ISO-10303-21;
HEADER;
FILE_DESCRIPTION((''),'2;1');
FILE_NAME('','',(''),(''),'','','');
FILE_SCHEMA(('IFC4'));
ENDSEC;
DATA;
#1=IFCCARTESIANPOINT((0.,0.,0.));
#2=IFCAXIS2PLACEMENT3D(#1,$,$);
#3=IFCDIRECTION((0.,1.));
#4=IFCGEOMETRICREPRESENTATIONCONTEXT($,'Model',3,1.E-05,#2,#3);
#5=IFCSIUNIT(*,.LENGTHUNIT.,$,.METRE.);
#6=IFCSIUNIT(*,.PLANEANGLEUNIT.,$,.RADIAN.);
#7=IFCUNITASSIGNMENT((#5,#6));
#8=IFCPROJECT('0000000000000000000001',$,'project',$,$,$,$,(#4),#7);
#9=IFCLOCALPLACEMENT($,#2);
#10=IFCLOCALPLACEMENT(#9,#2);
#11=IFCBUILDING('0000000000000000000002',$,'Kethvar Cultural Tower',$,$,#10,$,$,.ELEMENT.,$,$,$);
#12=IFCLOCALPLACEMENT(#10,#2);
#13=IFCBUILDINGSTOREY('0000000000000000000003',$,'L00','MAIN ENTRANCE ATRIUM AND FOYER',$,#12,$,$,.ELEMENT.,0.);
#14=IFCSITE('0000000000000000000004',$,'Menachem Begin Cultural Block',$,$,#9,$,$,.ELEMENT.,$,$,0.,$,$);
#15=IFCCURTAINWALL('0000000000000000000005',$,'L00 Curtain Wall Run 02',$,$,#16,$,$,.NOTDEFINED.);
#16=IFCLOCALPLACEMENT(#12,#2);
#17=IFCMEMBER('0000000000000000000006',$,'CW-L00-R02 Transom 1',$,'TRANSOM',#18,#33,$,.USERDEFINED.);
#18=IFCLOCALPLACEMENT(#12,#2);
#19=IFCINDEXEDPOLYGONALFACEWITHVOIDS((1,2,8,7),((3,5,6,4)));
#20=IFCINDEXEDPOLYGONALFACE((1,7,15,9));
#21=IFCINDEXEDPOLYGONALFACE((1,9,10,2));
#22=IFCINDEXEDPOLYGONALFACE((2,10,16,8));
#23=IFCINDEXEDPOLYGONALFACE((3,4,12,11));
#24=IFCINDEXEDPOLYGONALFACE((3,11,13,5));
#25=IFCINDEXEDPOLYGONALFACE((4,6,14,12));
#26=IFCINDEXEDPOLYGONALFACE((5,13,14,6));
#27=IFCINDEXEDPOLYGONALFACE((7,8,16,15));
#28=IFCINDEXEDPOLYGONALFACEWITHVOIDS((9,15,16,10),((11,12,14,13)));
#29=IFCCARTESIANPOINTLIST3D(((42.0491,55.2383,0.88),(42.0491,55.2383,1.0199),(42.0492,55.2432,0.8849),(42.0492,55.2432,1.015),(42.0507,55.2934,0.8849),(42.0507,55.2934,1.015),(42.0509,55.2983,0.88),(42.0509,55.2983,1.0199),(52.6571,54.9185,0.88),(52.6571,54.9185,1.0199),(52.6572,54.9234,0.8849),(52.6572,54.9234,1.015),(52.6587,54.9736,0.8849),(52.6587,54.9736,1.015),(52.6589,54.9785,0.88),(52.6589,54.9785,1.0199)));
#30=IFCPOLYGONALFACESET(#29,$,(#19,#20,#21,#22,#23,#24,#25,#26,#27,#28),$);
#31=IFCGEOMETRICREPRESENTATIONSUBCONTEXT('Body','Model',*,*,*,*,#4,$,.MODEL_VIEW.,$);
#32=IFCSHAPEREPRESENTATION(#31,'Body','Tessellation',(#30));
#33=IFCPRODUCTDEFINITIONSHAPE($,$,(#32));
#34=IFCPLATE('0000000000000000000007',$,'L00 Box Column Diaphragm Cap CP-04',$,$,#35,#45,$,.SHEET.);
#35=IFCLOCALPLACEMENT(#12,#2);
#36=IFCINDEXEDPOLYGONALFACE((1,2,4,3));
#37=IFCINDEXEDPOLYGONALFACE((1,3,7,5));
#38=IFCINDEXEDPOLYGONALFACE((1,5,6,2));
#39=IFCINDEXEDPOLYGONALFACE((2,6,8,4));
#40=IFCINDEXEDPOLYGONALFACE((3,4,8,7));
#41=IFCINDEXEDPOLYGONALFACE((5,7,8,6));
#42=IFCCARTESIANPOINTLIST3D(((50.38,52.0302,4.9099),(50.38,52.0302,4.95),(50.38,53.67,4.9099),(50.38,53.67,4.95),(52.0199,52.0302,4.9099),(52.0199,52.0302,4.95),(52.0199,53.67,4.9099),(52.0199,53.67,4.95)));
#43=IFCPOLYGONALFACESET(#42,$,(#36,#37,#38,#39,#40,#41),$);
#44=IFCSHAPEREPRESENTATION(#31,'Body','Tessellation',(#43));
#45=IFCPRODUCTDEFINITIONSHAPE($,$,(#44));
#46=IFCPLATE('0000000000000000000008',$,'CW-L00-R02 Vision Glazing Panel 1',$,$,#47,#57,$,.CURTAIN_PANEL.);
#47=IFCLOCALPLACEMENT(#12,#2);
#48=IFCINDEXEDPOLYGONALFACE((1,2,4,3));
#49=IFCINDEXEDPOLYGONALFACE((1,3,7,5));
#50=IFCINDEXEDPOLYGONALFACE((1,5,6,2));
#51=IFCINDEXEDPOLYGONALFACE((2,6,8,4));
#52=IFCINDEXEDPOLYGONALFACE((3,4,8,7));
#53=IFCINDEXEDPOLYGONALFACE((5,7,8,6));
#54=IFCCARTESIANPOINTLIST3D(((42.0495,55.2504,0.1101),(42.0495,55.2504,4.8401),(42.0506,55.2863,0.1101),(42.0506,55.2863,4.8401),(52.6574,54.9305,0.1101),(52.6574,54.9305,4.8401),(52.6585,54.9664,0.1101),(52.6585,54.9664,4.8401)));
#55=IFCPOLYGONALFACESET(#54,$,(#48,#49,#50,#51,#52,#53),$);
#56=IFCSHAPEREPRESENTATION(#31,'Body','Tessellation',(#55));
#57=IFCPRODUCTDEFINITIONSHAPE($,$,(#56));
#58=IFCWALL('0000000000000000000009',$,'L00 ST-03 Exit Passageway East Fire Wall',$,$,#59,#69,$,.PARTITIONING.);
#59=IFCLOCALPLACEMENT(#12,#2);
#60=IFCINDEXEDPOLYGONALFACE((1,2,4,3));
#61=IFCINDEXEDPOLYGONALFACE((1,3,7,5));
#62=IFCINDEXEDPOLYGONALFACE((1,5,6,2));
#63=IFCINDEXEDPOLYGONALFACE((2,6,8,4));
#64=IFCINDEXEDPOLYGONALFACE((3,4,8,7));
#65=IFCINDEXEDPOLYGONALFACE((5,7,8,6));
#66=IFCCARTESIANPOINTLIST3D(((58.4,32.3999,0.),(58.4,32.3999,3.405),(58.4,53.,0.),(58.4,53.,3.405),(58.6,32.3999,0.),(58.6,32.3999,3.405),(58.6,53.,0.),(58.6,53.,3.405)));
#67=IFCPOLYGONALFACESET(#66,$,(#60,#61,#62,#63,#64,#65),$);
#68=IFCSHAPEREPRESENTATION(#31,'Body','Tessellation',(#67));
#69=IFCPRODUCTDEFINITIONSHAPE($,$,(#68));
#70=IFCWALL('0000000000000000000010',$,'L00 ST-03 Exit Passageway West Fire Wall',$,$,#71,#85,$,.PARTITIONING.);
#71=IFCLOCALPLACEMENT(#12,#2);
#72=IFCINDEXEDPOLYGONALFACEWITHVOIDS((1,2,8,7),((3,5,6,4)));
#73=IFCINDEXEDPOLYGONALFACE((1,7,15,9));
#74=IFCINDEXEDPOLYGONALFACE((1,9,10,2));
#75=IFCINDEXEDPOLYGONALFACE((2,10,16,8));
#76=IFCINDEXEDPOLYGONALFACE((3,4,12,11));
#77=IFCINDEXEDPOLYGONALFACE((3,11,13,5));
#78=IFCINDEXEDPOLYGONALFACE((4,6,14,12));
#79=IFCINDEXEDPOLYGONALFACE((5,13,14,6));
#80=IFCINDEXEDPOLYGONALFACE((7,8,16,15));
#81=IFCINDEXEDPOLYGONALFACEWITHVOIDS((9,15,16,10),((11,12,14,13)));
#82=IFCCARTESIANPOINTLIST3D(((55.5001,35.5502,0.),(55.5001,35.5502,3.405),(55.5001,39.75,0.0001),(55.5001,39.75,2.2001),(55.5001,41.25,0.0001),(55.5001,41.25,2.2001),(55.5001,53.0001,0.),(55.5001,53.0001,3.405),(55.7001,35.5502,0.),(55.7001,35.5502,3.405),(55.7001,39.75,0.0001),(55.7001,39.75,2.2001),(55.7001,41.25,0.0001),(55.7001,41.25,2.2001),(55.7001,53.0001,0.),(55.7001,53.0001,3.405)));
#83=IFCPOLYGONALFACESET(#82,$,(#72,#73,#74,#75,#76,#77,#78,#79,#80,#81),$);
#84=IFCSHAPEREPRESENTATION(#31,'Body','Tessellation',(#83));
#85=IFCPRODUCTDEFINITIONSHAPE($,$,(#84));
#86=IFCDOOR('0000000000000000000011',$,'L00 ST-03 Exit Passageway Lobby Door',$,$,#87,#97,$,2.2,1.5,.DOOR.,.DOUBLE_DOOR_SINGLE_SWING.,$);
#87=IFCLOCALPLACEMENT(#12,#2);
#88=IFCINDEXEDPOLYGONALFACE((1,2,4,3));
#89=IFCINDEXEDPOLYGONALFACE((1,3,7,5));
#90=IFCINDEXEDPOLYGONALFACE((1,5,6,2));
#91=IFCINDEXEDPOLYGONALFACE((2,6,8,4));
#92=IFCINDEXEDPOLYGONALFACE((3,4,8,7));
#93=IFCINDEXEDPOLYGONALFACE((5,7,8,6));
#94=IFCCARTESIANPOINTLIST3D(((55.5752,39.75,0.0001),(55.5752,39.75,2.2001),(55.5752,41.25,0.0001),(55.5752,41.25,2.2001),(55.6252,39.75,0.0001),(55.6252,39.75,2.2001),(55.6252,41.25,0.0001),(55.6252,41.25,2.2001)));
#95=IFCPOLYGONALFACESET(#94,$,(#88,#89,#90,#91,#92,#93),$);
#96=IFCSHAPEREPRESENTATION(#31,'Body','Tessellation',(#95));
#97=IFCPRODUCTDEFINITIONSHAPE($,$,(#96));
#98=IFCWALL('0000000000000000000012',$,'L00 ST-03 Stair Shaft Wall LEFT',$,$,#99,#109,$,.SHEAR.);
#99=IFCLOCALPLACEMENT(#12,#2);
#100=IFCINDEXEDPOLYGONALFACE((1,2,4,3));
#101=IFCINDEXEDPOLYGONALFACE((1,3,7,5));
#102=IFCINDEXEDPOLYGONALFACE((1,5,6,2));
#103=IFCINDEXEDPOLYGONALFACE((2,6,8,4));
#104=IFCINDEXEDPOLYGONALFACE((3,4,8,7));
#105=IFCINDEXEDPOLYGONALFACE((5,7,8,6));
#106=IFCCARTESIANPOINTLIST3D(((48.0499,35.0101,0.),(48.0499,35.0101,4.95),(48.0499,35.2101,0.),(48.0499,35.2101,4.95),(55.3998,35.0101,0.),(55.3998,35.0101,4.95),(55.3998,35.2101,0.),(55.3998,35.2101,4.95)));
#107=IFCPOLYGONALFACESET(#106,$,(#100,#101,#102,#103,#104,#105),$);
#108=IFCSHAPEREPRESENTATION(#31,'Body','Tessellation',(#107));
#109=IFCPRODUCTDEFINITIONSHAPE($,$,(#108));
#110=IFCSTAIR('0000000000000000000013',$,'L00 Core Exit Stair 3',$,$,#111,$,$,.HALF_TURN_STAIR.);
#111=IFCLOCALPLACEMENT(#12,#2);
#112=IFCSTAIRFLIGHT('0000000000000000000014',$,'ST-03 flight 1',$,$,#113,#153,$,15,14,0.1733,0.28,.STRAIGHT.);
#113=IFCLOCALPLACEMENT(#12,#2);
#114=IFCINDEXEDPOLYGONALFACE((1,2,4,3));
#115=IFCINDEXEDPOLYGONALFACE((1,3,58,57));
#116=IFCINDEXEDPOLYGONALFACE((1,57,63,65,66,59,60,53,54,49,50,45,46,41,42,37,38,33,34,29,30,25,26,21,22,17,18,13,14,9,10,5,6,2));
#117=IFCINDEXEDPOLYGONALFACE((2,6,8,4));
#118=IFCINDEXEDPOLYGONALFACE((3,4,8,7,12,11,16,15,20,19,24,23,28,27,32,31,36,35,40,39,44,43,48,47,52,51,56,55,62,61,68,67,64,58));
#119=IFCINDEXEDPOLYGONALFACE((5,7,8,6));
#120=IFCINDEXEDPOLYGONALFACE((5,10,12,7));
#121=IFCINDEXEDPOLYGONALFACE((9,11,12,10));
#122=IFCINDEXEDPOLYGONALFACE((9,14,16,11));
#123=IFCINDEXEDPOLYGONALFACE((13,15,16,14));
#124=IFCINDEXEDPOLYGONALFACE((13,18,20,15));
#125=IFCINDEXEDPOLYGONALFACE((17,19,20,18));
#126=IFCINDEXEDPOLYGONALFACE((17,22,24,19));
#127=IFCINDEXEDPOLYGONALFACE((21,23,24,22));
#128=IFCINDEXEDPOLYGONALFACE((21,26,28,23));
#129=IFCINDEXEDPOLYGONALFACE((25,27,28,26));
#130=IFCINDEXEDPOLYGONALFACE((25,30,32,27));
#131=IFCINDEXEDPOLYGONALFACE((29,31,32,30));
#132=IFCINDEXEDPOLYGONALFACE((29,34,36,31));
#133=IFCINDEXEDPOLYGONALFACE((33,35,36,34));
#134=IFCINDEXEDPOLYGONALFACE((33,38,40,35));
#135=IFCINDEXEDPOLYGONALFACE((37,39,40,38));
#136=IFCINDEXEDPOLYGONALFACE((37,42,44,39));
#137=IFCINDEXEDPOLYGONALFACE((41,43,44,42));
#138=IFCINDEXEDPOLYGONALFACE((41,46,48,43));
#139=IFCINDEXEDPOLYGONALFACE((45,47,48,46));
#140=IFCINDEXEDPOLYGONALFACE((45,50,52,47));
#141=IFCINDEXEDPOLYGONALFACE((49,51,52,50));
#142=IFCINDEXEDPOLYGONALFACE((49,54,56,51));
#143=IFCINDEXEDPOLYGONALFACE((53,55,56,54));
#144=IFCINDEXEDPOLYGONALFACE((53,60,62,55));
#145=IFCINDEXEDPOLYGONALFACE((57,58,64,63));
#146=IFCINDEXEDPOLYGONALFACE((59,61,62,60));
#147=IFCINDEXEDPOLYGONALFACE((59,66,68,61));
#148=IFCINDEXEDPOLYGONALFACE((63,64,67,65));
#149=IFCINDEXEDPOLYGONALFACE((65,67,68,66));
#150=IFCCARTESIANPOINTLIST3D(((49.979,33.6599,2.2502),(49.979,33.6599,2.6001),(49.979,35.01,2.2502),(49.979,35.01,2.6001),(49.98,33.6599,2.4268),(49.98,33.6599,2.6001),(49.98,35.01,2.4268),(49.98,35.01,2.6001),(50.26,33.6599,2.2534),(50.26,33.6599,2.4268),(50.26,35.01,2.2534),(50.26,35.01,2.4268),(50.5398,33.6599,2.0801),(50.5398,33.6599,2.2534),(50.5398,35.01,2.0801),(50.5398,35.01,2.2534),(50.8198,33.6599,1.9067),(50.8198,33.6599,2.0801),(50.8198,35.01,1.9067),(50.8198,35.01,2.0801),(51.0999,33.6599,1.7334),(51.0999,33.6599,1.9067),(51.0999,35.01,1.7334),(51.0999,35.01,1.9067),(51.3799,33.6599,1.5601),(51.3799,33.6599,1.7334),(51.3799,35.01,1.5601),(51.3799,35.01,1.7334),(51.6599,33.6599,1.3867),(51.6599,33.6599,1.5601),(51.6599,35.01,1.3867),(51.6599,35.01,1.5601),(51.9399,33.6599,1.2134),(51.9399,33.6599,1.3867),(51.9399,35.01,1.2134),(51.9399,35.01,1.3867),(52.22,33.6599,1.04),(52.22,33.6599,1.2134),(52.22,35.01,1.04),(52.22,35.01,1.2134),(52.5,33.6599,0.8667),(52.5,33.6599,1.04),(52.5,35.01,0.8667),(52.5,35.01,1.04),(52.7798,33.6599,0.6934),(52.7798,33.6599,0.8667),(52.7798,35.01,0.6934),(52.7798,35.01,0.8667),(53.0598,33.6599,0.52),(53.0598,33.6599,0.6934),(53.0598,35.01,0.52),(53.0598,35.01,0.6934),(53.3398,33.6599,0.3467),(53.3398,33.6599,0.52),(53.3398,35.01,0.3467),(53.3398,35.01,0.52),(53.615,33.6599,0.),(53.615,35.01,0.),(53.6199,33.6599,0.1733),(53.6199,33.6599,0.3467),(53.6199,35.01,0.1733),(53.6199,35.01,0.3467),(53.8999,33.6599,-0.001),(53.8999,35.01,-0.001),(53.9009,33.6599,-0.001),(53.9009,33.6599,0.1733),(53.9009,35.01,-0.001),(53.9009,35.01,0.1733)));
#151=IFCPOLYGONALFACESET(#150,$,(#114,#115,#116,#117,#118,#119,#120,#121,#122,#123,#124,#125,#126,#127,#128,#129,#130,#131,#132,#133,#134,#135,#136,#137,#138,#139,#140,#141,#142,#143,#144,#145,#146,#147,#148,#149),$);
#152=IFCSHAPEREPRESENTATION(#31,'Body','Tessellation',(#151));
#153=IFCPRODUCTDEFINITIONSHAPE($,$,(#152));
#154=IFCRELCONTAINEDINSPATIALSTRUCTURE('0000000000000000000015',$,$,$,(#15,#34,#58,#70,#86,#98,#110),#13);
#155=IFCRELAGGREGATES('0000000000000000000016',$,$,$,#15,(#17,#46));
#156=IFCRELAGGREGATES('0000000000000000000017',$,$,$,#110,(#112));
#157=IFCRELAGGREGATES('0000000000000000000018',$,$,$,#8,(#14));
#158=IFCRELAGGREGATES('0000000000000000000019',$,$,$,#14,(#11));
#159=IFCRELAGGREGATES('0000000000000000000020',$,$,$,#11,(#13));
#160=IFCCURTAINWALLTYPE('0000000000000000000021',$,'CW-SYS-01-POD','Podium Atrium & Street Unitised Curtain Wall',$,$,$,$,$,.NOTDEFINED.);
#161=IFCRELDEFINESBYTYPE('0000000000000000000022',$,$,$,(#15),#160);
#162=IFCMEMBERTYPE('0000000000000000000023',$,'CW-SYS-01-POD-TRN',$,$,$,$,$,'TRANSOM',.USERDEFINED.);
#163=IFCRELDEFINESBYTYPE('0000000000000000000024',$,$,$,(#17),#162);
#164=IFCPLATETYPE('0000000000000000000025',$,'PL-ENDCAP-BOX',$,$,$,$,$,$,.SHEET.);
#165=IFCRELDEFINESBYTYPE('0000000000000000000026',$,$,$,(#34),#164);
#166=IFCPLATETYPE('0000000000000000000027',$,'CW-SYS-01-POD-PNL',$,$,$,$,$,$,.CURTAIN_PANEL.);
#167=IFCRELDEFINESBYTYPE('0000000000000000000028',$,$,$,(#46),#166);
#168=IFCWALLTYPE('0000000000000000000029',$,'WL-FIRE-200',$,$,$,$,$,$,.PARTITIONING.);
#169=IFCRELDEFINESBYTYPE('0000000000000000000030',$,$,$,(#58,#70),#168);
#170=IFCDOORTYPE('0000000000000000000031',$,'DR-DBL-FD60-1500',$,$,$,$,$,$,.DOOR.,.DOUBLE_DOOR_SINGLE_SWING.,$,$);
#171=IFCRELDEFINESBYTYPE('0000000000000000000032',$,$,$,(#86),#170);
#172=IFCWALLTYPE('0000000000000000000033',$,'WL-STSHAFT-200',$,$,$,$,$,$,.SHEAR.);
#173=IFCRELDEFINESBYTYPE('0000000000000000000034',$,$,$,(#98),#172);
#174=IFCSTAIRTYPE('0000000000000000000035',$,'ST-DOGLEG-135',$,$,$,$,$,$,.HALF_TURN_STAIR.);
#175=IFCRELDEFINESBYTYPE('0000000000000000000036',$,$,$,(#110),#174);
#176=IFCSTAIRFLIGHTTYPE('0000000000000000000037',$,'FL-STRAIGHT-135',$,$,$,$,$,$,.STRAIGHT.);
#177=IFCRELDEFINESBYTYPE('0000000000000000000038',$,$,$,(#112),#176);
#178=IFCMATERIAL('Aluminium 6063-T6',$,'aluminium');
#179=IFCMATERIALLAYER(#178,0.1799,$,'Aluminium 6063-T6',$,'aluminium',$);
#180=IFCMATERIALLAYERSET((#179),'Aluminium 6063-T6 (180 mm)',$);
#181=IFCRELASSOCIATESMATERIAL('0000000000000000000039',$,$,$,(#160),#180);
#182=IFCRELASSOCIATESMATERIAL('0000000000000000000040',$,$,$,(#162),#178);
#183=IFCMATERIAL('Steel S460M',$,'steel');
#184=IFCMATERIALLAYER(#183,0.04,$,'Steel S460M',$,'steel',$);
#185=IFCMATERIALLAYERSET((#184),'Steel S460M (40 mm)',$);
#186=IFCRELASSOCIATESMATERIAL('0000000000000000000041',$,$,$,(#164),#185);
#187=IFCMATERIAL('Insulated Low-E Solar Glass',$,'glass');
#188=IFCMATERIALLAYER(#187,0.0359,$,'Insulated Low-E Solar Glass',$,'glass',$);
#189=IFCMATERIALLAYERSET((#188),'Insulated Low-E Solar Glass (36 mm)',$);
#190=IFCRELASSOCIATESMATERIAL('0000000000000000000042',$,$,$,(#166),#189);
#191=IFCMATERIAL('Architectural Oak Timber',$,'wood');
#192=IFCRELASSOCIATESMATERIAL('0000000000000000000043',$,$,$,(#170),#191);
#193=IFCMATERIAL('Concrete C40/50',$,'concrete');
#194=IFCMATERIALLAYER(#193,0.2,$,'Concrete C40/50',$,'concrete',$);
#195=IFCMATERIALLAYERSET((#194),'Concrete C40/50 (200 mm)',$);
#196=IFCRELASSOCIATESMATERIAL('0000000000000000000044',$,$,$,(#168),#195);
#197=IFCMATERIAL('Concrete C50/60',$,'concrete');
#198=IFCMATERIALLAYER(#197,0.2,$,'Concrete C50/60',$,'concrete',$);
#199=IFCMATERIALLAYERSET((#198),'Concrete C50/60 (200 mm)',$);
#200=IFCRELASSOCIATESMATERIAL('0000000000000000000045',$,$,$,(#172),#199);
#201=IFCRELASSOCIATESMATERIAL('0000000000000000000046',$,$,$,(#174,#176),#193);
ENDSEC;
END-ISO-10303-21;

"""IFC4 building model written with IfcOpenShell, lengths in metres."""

from ifc_helpers import new_model, si_unit, direction, frame, frame_2d, origin, origin_2d, place, context, subcontext, project, spatial, polyline, rectangle, hollow_rectangle, outline, extrude, source, transform, mapped, material, layer, layer_set, material_profile, profile_set, type_object, element, fill, aggregate, save


model = new_model("IFC4")

# Units and contexts
model_context = context("Model", 3, precision=1e-05, world=origin(), true_north=direction((0.0, 1.0)))
body_context = subcontext(model_context, "Body", "Model", "MODEL_VIEW")
ifc_project = project(units=[si_unit("LENGTHUNIT", "METRE"), si_unit("PLANEANGLEUNIT", "RADIAN")], contexts=[model_context])

# Site, building, storey
site_placement = place(None, origin())
site = spatial("IfcSite", under=ifc_project, at=site_placement, Name="Menachem Begin Cultural Block", CompositionType="ELEMENT", RefElevation=0.0)
building_placement = place(site_placement, origin())
building = spatial("IfcBuilding", under=site, at=building_placement, Name="Kethvar Cultural Tower", CompositionType="ELEMENT")
storey_placement = place(building_placement, origin())
storey = spatial("IfcBuildingStorey", under=building, at=storey_placement, Name="L00", Description="MAIN ENTRANCE ATRIUM AND FOYER", CompositionType="ELEMENT", Elevation=0.0)

# Shared definitions
ifc_material_1 = material(Name="Steel S460M", Category="steel")

# Curtain wall, member
ifc_material_2 = material(Name="Aluminium 6063-T6", Category="aluminium")
ifc_layer_1 = layer(ifc_material_2, 0.1799, Name="Aluminium 6063-T6", Category="aluminium")
ifc_layer_set_1 = layer_set([ifc_layer_1], Name="Aluminium 6063-T6 (180 mm)")
curtain_wall_type = type_object("IfcCurtainWallType", Name="CW-SYS-01-POD", Description="Podium Atrium & Street Unitised Curtain Wall", PredefinedType="NOTDEFINED", material=ifc_layer_set_1)
curtain_wall_placement = place(storey_placement, origin())
curtain_wall = element("IfcCurtainWall", 1, at=curtain_wall_placement, inside=storey, type_object=curtain_wall_type, Name="L00 Curtain Wall Run 02", PredefinedType="NOTDEFINED")
ifc_material_profile_1 = material_profile(ifc_material_2, hollow_rectangle(XDim=0.0601, YDim=0.1399, WallThickness=0.0049, at=origin_2d()), Name="Aluminium 6063-T6 — RHS140x60x5")
ifc_profile_set_1 = profile_set([ifc_material_profile_1], Name="Aluminium 6063-T6 — RHS140x60x5")
member_type_1 = type_object("IfcMemberType", Name="CW-SYS-01-POD-TRN", ElementType="TRANSOM", PredefinedType="USERDEFINED", material=ifc_profile_set_1)
shared_shape_1 = source(origin(), body_context, "Body", "SweptSolid", [
    extrude(hollow_rectangle(XDim=0.0601, YDim=0.1399, WallThickness=0.0049, at=origin_2d()), origin(), (0.0, 0.0, 1.0), 10.6128),
])
member_1_placement = place(storey_placement, frame((52.658, 54.9485, 0.95), z_axis=(-0.999546, 0.030136, 0.0), x_axis=(-0.030136, -0.999546, 0.0)))
member_1 = element("IfcMember", 2, at=member_1_placement, type_object=member_type_1, Name="CW-L00-R02 Transom 1", ObjectType="TRANSOM", PredefinedType="USERDEFINED", context=body_context, shape_type="MappedRepresentation", body=[
    mapped(shared_shape_1, transform((0.0, 0.0, 0.0), scale=1.0)),
])

# Plates
ifc_layer_2 = layer(ifc_material_1, 0.04, Name="Steel S460M", Category="steel")
ifc_layer_set_2 = layer_set([ifc_layer_2], Name="Steel S460M (40 mm)")
plate_type_1 = type_object("IfcPlateType", Name="PL-ENDCAP-BOX", PredefinedType="SHEET", material=ifc_layer_set_2)
shared_shape_2 = source(origin(), body_context, "Body", "SweptSolid", [
    extrude(rectangle(XDim=1.6399, YDim=1.6399, at=origin_2d()), origin(), (0.0, 0.0, 1.0), 0.04),
])
plate_1_placement = place(storey_placement, frame((51.2, 52.8501, 4.9099), z_axis=(0.0, 0.0, 1.0), x_axis=(1.0, 0.0, 0.0)))
element("IfcPlate", 3, at=plate_1_placement, inside=storey, type_object=plate_type_1, Name="L00 Box Column Diaphragm Cap CP-04", PredefinedType="SHEET", context=body_context, shape_type="MappedRepresentation", body=[
    mapped(shared_shape_2, transform((0.0, 0.0, 0.0), scale=1.0)),
])
ifc_material_3 = material(Name="Insulated Low-E Solar Glass", Category="glass")
ifc_layer_3 = layer(ifc_material_3, 0.0359, Name="Insulated Low-E Solar Glass", Category="glass")
ifc_layer_set_3 = layer_set([ifc_layer_3], Name="Insulated Low-E Solar Glass (36 mm)")
plate_type_2 = type_object("IfcPlateType", Name="CW-SYS-01-POD-PNL", PredefinedType="CURTAIN_PANEL", material=ifc_layer_set_3)
shared_shape_3 = source(origin(), body_context, "Body", "SweptSolid", [
    extrude(rectangle(XDim=10.6128, YDim=0.0359, at=origin_2d()), origin(), (0.0, 0.0, 1.0), 4.73),
])
plate_2_placement = place(storey_placement, frame((47.354, 55.1084, 0.1101), z_axis=(0.0, 0.0, 1.0), x_axis=(-0.999546, 0.030137, 0.0)))
plate_2 = element("IfcPlate", 4, at=plate_2_placement, type_object=plate_type_2, Name="CW-L00-R02 Vision Glazing Panel 1", PredefinedType="CURTAIN_PANEL", context=body_context, shape_type="MappedRepresentation", body=[
    mapped(shared_shape_3, transform((0.0, 0.0, 0.0), scale=1.0)),
])
aggregate(curtain_wall, [member_1, plate_2])

# Shared definitions
ifc_material_4 = material(Name="Architectural Oak Timber", Category="wood")
door_type_1 = type_object("IfcDoorType", Name="DR-DBL-FD60-1500", OperationType="DOUBLE_DOOR_SINGLE_SWING", PredefinedType="DOOR", material=ifc_material_4)
shared_shape_4 = source(origin(), body_context, "Body", "SweptSolid", [
    extrude(rectangle(XDim=1.5, YDim=2.2, at=frame_2d((0.75, 1.1001))), frame((0.0, 0.0249, 0.0), z_axis=(0.0, -1.0, 0.0), x_axis=(1.0, 0.0, 0.0)), (0.0, 0.0, 1.0), 0.05),
])

# Shared definitions
ifc_material_5 = material(Name="Concrete C40/50", Category="concrete")

# Wall
ifc_layer_4 = layer(ifc_material_5, 0.2, Name="Concrete C40/50", Category="concrete")
ifc_layer_set_4 = layer_set([ifc_layer_4], Name="Concrete C40/50 (200 mm)")
wall_type_1 = type_object("IfcWallType", Name="WL-FIRE-200", PredefinedType="PARTITIONING", material=ifc_layer_set_4)
wall_1_placement = place(storey_placement, frame((58.5, 32.3999, 0.0), z_axis=(0.0, 0.0, 1.0), x_axis=(0.0, 1.0, 0.0)))
element("IfcWall", 5, at=wall_1_placement, inside=storey, type_object=wall_type_1, Name="L00 ST-03 Exit Passageway East Fire Wall", PredefinedType="PARTITIONING", context=body_context, shape_type="SweptSolid", body=[
    extrude(rectangle(XDim=20.6001, YDim=0.2, at=frame_2d((10.3, 0.0))), origin(), (0.0, 0.0, 1.0), 3.405),
])

# Wall, opening, door
wall_2_placement = place(storey_placement, frame((55.6001, 35.55, 0.0), z_axis=(0.0, 0.0, 1.0), x_axis=(0.0, 1.0, 0.0)))
wall_2 = element("IfcWall", 6, at=wall_2_placement, inside=storey, type_object=wall_type_1, Name="L00 ST-03 Exit Passageway West Fire Wall", PredefinedType="PARTITIONING", context=body_context, shape_type="SweptSolid", body=[
    extrude(rectangle(XDim=17.45, YDim=0.2, at=frame_2d((8.7251, 0.0))), origin(), (0.0, 0.0, 1.0), 3.405),
])
opening_1_placement = place(wall_2_placement, frame((4.2, 0.0, 0.0)))
opening_1 = element("IfcOpeningElement", 7, at=opening_1_placement, cuts=wall_2, PredefinedType="OPENING", context=body_context, shape_type="SweptSolid", body=[
    extrude(rectangle(XDim=1.5, YDim=2.2, at=frame_2d((0.75, 1.1001))), frame((0.0, 0.1099, 0.0), z_axis=(0.0, -1.0, 0.0), x_axis=(1.0, 0.0, 0.0)), (0.0, 0.0, 1.0), 0.22),
])
door_1_placement = place(opening_1_placement, origin())
door_1 = element("IfcDoor", 8, at=door_1_placement, inside=storey, type_object=door_type_1, Name="L00 ST-03 Exit Passageway Lobby Door", OperationType="DOUBLE_DOOR_SINGLE_SWING", OverallHeight=2.2, OverallWidth=1.5, PredefinedType="DOOR", context=body_context, shape_type="MappedRepresentation", body=[
    mapped(shared_shape_4, transform((0.0, 0.0, 0.0), scale=1.0)),
])
fill(opening_1, door_1)

# Wall
ifc_material_6 = material(Name="Concrete C50/60", Category="concrete")
ifc_layer_5 = layer(ifc_material_6, 0.2, Name="Concrete C50/60", Category="concrete")
ifc_layer_set_5 = layer_set([ifc_layer_5], Name="Concrete C50/60 (200 mm)")
wall_type_2 = type_object("IfcWallType", Name="WL-STSHAFT-200", PredefinedType="SHEAR", material=ifc_layer_set_5)
wall_3_placement = place(storey_placement, frame((48.05, 35.1101, 0.0), z_axis=(0.0, 0.0, 1.0), x_axis=(1.0, 0.0, 0.0)))
element("IfcWall", 9, at=wall_3_placement, inside=storey, type_object=wall_type_2, Name="L00 ST-03 Stair Shaft Wall LEFT", PredefinedType="SHEAR", context=body_context, shape_type="SweptSolid", body=[
    extrude(rectangle(XDim=7.3499, YDim=0.2, at=frame_2d((3.6748, 0.0))), origin(), (0.0, 0.0, 1.0), 4.95),
])

# Stair, stair flight
stair_type = type_object("IfcStairType", Name="ST-DOGLEG-135", PredefinedType="HALF_TURN_STAIR", material=ifc_material_5)
stair_placement = place(storey_placement, origin())
stair = element("IfcStair", 10, at=stair_placement, inside=storey, type_object=stair_type, Name="L00 Core Exit Stair 3", PredefinedType="HALF_TURN_STAIR")
stair_flight_type = type_object("IfcStairFlightType", Name="FL-STRAIGHT-135", PredefinedType="STRAIGHT", material=ifc_material_5)
stair_flight_1_placement = place(storey_placement, frame((53.8999, 34.335, 0.0), z_axis=(0.0, 0.0, 1.0), x_axis=(-1.0, 0.0, 0.0)))
stair_flight_1 = element("IfcStairFlight", 11, at=stair_flight_1_placement, type_object=stair_flight_type, Name="ST-03 flight 1", NumberOfRisers=15, NumberOfTreads=14, PredefinedType="STRAIGHT", RiserHeight=0.1733, TreadLength=0.28, context=body_context, shape_type="SweptSolid", body=[
    extrude(outline(polyline([(-0.001, -0.001), (-0.001, 0.1733), (0.28, 0.1733), (0.28, 0.3467), (0.5601, 0.3467), (0.5601, 0.52), (0.8401, 0.52), (0.8401, 0.6934), (1.1201, 0.6934), (1.1201, 0.8667), (1.3999, 0.8667), (1.3999, 1.04), (1.6799, 1.04), (1.6799, 1.2134), (1.96, 1.2134), (1.96, 1.3867), (2.24, 1.3867), (2.24, 1.5601), (2.52, 1.5601), (2.52, 1.7334), (2.8, 1.7334), (2.8, 1.9067), (3.0801, 1.9067), (3.0801, 2.0801), (3.3601, 2.0801), (3.3601, 2.2534), (3.6399, 2.2534), (3.6399, 2.4268), (3.9199, 2.4268), (3.9199, 2.6001), (3.9209, 2.6001), (3.9209, 2.2502), (0.2849, 0.0), (0.0, -0.001), (-0.001, -0.001)])), frame((0.0, 0.675, 0.0), z_axis=(0.0, -1.0, 0.0), x_axis=(1.0, 0.0, 0.0)), (0.0, 0.0, 1.0), 1.3501),
])
aggregate(stair, [stair_flight_1])

save(model, "model.ifc")
